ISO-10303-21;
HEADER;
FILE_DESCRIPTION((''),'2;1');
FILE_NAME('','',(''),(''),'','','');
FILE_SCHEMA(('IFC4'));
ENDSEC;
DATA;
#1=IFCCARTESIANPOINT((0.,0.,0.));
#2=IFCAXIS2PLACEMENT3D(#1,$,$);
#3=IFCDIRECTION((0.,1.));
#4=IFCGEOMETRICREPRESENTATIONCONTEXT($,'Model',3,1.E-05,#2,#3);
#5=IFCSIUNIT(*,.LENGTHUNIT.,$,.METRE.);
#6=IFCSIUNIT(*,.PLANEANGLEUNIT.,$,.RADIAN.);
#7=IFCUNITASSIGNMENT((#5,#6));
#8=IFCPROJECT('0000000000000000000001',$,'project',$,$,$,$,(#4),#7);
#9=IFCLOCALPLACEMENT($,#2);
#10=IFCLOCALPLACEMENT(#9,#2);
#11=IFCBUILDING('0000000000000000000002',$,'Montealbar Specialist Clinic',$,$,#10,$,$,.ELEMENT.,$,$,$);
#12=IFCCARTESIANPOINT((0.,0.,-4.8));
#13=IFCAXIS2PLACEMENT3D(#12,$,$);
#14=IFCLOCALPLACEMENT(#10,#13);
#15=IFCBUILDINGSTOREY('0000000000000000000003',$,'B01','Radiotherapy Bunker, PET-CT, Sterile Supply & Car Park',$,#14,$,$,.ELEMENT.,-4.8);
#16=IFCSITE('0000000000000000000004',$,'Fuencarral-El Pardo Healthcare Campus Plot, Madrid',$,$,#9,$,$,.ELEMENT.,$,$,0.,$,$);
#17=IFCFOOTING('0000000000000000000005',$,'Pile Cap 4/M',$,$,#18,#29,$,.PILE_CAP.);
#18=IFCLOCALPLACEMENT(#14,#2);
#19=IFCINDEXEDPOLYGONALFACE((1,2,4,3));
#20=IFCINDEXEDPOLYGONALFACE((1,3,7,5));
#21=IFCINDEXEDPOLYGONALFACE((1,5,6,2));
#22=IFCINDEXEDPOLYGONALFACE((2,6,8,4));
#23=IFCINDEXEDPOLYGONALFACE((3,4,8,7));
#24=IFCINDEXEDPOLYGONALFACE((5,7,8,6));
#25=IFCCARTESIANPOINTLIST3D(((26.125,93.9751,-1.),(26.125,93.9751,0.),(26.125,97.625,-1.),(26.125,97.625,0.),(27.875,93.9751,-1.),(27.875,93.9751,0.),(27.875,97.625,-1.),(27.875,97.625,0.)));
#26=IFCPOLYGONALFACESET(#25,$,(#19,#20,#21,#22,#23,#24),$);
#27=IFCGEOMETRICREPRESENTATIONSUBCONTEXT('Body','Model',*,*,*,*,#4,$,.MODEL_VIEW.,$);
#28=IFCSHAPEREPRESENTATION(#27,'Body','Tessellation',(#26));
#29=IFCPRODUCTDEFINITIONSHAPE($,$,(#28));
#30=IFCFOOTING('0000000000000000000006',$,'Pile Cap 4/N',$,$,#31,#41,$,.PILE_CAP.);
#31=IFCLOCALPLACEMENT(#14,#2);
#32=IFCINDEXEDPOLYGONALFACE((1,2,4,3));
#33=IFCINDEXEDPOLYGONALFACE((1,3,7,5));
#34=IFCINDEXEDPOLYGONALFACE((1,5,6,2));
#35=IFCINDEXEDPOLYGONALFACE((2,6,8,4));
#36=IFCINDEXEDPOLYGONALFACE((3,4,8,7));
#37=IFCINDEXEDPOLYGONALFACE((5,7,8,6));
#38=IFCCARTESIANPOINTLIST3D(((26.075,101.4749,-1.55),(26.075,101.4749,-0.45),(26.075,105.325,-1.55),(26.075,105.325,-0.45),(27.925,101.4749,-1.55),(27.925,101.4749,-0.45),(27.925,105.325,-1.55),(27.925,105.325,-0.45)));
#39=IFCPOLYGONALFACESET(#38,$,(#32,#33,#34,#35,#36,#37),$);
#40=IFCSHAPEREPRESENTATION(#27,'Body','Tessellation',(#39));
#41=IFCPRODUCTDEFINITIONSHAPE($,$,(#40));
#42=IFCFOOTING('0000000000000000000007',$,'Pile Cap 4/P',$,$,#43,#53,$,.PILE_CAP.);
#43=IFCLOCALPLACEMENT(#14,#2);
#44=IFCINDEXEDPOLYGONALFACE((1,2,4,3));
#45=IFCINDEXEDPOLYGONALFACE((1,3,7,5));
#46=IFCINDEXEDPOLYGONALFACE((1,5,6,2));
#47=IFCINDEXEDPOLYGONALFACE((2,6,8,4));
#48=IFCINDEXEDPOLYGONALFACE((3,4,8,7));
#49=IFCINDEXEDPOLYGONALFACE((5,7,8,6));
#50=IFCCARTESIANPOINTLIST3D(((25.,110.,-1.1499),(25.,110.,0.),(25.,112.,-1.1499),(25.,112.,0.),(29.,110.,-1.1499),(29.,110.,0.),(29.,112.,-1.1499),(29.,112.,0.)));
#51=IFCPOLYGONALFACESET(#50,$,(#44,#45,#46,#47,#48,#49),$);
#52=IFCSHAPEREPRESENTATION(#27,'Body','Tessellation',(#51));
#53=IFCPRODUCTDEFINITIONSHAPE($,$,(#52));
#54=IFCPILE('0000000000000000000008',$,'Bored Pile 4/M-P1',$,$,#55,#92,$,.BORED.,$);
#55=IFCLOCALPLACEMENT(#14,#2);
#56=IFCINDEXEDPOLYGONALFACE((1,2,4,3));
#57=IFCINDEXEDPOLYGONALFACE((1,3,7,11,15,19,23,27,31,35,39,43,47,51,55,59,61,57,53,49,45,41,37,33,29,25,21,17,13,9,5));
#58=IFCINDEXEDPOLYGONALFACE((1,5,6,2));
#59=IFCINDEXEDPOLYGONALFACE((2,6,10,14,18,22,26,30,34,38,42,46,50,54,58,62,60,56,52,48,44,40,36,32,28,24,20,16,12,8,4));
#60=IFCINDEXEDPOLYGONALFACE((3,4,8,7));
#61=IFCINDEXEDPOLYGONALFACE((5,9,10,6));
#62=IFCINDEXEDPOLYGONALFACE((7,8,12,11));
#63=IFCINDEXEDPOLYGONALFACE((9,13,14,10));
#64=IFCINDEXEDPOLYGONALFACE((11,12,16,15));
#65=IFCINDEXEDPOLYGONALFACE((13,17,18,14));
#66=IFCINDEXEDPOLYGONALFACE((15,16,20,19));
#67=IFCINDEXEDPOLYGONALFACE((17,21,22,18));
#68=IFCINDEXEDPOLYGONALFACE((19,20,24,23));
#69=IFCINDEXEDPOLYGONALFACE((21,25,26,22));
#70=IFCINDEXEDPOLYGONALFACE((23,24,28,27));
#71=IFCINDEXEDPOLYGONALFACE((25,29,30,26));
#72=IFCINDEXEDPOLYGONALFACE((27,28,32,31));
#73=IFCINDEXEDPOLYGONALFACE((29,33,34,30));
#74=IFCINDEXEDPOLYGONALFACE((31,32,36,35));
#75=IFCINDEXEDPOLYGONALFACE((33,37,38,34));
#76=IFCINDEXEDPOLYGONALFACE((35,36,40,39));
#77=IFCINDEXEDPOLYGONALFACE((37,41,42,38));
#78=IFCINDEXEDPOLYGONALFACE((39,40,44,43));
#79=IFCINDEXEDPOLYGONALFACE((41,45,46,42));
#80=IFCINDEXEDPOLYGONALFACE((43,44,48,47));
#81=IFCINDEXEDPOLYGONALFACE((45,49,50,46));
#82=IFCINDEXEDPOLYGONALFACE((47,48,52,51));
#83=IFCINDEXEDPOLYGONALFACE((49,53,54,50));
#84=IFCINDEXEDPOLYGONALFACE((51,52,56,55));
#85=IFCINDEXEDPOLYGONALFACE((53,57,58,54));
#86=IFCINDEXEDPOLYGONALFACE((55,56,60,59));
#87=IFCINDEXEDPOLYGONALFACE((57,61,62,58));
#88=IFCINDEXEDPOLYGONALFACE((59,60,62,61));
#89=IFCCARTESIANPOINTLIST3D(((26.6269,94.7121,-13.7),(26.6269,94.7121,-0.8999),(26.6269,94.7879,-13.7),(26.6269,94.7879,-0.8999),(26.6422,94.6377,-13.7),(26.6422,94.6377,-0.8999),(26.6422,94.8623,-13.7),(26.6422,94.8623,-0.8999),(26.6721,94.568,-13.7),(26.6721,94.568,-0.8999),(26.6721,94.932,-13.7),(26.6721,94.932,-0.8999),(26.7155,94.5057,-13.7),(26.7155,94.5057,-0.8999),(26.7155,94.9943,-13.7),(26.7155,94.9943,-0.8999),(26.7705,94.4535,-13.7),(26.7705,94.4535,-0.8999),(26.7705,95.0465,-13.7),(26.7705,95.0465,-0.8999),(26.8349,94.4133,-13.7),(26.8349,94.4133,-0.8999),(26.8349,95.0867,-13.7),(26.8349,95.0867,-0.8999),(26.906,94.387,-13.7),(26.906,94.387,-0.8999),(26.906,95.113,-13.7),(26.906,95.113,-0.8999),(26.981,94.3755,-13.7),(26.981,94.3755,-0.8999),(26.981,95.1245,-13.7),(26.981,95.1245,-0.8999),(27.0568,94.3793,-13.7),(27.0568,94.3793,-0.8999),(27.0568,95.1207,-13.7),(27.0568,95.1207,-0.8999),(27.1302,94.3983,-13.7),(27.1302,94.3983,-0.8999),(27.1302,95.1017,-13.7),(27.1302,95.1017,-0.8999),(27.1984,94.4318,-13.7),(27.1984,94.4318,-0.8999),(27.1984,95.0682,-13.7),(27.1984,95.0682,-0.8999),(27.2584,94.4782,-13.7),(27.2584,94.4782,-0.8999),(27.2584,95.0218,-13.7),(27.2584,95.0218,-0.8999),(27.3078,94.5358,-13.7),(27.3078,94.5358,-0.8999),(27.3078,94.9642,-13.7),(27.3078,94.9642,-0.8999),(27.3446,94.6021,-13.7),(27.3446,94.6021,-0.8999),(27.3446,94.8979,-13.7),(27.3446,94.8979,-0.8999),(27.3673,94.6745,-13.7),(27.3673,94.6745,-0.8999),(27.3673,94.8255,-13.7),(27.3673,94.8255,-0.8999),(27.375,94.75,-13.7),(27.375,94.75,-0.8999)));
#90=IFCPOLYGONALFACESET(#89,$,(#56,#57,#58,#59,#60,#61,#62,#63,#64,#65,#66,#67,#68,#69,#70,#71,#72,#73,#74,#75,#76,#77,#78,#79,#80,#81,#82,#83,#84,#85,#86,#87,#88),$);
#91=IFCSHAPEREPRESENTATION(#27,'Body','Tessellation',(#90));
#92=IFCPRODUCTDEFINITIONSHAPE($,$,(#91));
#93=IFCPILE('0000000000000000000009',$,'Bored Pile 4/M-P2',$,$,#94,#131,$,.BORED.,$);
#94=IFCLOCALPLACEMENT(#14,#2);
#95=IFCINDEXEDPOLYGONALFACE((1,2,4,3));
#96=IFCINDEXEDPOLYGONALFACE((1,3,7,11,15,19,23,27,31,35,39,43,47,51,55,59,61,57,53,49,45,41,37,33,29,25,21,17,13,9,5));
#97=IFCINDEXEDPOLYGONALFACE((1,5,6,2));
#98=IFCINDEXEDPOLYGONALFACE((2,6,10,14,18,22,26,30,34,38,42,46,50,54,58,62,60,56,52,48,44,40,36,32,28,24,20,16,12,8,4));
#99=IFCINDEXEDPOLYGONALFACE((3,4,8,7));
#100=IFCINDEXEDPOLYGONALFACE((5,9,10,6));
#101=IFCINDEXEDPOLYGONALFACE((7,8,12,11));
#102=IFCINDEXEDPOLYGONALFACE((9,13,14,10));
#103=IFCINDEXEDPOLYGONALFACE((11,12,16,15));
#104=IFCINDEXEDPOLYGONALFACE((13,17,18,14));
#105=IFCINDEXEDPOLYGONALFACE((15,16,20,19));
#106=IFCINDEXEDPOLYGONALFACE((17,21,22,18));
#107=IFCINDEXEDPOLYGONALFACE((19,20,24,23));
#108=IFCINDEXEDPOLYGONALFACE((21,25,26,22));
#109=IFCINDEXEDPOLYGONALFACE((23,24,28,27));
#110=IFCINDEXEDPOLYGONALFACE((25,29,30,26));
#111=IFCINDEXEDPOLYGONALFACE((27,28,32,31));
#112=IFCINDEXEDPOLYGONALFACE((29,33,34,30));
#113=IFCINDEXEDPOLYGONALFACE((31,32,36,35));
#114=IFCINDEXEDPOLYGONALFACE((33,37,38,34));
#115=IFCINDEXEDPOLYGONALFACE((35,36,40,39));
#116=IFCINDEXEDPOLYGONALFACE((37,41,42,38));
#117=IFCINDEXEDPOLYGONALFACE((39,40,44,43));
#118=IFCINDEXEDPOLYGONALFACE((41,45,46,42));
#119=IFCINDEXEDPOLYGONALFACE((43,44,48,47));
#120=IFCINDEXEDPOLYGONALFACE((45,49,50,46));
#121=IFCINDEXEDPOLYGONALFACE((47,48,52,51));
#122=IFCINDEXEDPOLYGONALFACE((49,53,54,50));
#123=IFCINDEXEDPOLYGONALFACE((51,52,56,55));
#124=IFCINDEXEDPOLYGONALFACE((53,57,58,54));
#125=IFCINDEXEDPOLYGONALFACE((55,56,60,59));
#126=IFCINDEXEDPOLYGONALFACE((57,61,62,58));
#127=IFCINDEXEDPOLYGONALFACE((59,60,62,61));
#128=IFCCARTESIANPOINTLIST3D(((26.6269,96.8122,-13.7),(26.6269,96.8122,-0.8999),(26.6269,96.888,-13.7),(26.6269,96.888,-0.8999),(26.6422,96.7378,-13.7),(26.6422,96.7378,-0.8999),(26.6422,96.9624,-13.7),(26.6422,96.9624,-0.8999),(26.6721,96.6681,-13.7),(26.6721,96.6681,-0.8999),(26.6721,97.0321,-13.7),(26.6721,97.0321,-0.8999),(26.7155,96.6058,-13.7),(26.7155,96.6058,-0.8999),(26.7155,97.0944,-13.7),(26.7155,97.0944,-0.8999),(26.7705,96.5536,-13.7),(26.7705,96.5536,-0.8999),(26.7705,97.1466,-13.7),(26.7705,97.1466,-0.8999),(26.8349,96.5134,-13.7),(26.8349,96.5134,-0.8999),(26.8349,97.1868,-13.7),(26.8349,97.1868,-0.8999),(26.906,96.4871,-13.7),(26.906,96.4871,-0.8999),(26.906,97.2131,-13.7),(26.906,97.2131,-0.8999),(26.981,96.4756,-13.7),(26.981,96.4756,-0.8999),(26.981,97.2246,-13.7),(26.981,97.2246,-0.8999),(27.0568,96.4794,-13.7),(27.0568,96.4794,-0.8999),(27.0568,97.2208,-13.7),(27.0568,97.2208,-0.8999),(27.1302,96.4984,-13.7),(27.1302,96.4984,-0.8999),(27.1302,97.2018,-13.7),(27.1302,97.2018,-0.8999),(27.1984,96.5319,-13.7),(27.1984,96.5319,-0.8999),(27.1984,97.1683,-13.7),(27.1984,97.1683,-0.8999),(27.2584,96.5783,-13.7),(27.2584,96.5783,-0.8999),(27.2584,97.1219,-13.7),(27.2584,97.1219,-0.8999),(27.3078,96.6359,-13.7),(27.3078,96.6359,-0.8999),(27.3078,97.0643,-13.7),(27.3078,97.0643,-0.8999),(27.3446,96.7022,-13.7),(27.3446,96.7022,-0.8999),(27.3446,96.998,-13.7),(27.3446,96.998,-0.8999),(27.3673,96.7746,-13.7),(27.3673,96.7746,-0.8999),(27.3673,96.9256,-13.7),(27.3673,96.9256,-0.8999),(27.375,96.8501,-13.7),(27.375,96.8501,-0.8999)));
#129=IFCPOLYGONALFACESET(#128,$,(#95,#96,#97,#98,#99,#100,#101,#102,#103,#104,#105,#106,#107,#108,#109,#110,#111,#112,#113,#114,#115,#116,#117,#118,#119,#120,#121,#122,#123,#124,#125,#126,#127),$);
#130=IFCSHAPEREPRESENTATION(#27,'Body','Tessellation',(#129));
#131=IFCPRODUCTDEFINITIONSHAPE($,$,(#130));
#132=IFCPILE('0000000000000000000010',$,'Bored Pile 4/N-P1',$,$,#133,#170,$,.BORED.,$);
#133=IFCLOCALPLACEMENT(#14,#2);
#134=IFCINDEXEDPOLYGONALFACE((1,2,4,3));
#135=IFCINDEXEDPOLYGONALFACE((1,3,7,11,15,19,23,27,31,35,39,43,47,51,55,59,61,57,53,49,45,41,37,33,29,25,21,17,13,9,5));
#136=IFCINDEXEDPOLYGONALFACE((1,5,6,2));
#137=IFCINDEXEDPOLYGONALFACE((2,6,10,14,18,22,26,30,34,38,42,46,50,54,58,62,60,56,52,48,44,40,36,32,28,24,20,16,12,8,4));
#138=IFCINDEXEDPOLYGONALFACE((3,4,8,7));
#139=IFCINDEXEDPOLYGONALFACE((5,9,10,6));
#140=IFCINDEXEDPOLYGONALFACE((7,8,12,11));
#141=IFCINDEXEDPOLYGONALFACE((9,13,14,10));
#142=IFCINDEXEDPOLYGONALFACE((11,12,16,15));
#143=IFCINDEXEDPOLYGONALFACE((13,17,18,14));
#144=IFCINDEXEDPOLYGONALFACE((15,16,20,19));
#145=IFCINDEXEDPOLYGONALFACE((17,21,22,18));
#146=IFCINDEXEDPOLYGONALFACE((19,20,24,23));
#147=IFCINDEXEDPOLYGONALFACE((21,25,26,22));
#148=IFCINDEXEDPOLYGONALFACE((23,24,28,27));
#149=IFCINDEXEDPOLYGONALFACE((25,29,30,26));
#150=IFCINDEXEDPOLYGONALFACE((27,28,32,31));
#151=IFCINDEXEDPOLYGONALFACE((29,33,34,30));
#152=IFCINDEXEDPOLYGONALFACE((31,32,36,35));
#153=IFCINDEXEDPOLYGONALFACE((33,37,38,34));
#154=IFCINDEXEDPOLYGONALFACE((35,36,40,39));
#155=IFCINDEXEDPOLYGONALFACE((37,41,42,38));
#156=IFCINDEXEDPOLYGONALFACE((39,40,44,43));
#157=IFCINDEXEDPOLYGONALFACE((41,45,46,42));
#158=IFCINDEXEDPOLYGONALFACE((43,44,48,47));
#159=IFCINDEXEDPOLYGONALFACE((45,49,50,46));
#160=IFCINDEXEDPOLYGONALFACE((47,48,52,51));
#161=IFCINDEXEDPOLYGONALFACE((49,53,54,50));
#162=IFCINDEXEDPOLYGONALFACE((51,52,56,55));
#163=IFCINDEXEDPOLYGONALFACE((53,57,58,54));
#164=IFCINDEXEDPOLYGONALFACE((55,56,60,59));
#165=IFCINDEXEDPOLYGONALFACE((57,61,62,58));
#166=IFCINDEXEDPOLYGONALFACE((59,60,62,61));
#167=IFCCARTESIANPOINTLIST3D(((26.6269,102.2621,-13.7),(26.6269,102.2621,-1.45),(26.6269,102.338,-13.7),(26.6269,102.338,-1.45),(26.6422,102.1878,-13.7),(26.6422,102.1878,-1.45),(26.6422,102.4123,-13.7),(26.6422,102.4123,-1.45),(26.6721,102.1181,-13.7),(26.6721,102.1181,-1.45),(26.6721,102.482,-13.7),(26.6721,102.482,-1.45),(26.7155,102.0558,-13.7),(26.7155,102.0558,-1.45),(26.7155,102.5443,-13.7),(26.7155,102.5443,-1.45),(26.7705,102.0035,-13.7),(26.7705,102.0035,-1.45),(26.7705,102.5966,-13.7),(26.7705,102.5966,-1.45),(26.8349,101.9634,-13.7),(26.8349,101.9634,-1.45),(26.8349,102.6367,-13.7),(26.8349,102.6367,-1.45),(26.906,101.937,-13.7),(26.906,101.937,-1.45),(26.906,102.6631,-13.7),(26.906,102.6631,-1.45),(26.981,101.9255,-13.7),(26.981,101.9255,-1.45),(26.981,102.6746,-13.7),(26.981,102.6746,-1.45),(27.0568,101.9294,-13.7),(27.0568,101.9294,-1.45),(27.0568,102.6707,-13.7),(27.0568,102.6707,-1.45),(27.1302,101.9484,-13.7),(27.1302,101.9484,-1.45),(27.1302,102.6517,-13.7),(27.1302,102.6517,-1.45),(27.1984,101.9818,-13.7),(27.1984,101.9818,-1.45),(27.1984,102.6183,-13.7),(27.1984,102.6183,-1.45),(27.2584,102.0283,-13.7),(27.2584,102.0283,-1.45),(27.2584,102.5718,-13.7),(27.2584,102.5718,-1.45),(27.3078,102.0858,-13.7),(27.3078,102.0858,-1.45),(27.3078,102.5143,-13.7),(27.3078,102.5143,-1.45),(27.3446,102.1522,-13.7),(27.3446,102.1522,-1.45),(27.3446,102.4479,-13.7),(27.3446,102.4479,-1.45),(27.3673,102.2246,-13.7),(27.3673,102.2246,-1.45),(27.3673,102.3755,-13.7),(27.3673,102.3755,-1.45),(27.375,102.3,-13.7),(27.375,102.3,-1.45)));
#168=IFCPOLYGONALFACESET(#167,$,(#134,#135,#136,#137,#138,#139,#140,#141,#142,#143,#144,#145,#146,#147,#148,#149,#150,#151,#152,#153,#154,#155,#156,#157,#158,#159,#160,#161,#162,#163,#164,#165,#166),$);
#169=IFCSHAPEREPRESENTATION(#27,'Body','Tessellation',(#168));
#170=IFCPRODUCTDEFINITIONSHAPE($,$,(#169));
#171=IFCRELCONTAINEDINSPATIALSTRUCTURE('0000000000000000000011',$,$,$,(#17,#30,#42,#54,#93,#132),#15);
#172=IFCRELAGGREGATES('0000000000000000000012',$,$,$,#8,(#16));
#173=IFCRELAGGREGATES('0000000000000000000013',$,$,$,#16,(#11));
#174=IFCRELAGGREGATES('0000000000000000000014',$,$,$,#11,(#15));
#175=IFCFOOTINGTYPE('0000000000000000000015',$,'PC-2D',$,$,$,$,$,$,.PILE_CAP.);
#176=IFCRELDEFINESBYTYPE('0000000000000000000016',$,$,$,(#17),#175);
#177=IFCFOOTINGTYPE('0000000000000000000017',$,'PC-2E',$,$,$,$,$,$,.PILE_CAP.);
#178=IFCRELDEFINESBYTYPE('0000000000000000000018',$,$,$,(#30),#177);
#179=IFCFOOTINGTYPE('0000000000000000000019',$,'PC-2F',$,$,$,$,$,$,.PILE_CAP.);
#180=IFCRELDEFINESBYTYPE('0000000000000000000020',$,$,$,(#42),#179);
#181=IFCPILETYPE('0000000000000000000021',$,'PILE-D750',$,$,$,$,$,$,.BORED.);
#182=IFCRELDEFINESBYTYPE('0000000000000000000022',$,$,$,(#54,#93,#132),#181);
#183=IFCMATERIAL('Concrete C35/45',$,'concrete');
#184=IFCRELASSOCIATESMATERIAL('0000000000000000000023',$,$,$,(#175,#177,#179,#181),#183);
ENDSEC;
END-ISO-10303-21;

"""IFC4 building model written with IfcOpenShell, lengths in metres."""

from ifc_helpers import new_model, si_unit, direction, frame, origin, origin_2d, place, context, subcontext, project, spatial, rectangle, circle, extrude, material, material_profile, profile_set, type_object, element, save


model = new_model("IFC4")

# Units and contexts
model_context = context("Model", 3, precision=1e-05, world=origin(), true_north=direction((0.0, 1.0)))
body_context = subcontext(model_context, "Body", "Model", "MODEL_VIEW")
ifc_project = project(units=[si_unit("LENGTHUNIT", "METRE"), si_unit("PLANEANGLEUNIT", "RADIAN")], contexts=[model_context])

# Site, building, storey
site_placement = place(None, origin())
site = spatial("IfcSite", under=ifc_project, at=site_placement, Name="Fuencarral-El Pardo Healthcare Campus Plot, Madrid", CompositionType="ELEMENT", RefElevation=0.0)
building_placement = place(site_placement, origin())
building = spatial("IfcBuilding", under=site, at=building_placement, Name="Montealbar Specialist Clinic", CompositionType="ELEMENT")
storey_placement = place(building_placement, frame((0.0, 0.0, -4.8)))
storey = spatial("IfcBuildingStorey", under=building, at=storey_placement, Name="B01", Description="Radiotherapy Bunker, PET-CT, Sterile Supply & Car Park", CompositionType="ELEMENT", Elevation=-4.8)

# Footings
ifc_material_1 = material(Name="Concrete C35/45", Category="concrete")
footing_type_1 = type_object("IfcFootingType", Name="PC-2D", PredefinedType="PILE_CAP", material=ifc_material_1)
footing_1_placement = place(storey_placement, frame((27.0, 95.8, -1.0), z_axis=(0.0, 0.0, 1.0), x_axis=(1.0, 0.0, 0.0)))
element("IfcFooting", 1, at=footing_1_placement, inside=storey, type_object=footing_type_1, Name="Pile Cap 4/M", PredefinedType="PILE_CAP", context=body_context, shape_type="SweptSolid", body=[
    extrude(rectangle(XDim=1.75, YDim=3.6499, at=origin_2d()), origin(), (0.0, 0.0, 1.0), 1.0),
])
footing_type_2 = type_object("IfcFootingType", Name="PC-2E", PredefinedType="PILE_CAP", material=ifc_material_1)
footing_2_placement = place(storey_placement, frame((27.0, 103.3999, -1.55), z_axis=(0.0, 0.0, 1.0), x_axis=(1.0, 0.0, 0.0)))
element("IfcFooting", 2, at=footing_2_placement, inside=storey, type_object=footing_type_2, Name="Pile Cap 4/N", PredefinedType="PILE_CAP", context=body_context, shape_type="SweptSolid", body=[
    extrude(rectangle(XDim=1.8501, YDim=3.8501, at=origin_2d()), origin(), (0.0, 0.0, 1.0), 1.1001),
])
footing_type_3 = type_object("IfcFootingType", Name="PC-2F", PredefinedType="PILE_CAP", material=ifc_material_1)
footing_3_placement = place(storey_placement, frame((27.0, 111.0, -1.1499), z_axis=(0.0, 0.0, 1.0), x_axis=(1.0, 0.0, 0.0)))
element("IfcFooting", 3, at=footing_3_placement, inside=storey, type_object=footing_type_3, Name="Pile Cap 4/P", PredefinedType="PILE_CAP", context=body_context, shape_type="SweptSolid", body=[
    extrude(rectangle(XDim=4.0, YDim=2.0, at=origin_2d()), origin(), (0.0, 0.0, 1.0), 1.1499),
])

# Piles
ifc_material_profile_1 = material_profile(ifc_material_1, circle(Radius=0.375, at=origin_2d()), Name="PILE D750", Category="concrete")
ifc_profile_set_1 = profile_set([ifc_material_profile_1], Name="Concrete C35/45")
pile_type_1 = type_object("IfcPileType", Name="PILE-D750", PredefinedType="BORED", material=ifc_profile_set_1)
for number, where, z_axis, x_axis, name in (
    (4, (27.0, 94.75, -0.8999), (0.0, 0.0, -1.0), (1.0, 0.0, 0.0), "Bored Pile 4/M-P1"),
    (5, (27.0, 96.8501, -0.8999), (0.0, 0.0, -1.0), (1.0, 0.0, 0.0), "Bored Pile 4/M-P2"),
):
    element("IfcPile", number, at=place(storey_placement, frame(where, z_axis=z_axis, x_axis=x_axis)), inside=storey, type_object=pile_type_1, Name=name, PredefinedType="BORED", context=body_context, shape_type="SweptSolid", body=[
        extrude(circle(Radius=0.375, at=origin_2d()), origin(), (0.0, 0.0, 1.0), 12.8),
    ])
for number, where, z_axis, x_axis, name in (
    (6, (27.0, 102.3, -1.45), (0.0, 0.0, -1.0), (1.0, 0.0, 0.0), "Bored Pile 4/N-P1"),
):
    element("IfcPile", number, at=place(storey_placement, frame(where, z_axis=z_axis, x_axis=x_axis)), inside=storey, type_object=pile_type_1, Name=name, PredefinedType="BORED", context=body_context, shape_type="SweptSolid", body=[
        extrude(circle(Radius=0.375, at=origin_2d()), origin(), (0.0, 0.0, 1.0), 12.25),
    ])

save(model, "model.ifc")
